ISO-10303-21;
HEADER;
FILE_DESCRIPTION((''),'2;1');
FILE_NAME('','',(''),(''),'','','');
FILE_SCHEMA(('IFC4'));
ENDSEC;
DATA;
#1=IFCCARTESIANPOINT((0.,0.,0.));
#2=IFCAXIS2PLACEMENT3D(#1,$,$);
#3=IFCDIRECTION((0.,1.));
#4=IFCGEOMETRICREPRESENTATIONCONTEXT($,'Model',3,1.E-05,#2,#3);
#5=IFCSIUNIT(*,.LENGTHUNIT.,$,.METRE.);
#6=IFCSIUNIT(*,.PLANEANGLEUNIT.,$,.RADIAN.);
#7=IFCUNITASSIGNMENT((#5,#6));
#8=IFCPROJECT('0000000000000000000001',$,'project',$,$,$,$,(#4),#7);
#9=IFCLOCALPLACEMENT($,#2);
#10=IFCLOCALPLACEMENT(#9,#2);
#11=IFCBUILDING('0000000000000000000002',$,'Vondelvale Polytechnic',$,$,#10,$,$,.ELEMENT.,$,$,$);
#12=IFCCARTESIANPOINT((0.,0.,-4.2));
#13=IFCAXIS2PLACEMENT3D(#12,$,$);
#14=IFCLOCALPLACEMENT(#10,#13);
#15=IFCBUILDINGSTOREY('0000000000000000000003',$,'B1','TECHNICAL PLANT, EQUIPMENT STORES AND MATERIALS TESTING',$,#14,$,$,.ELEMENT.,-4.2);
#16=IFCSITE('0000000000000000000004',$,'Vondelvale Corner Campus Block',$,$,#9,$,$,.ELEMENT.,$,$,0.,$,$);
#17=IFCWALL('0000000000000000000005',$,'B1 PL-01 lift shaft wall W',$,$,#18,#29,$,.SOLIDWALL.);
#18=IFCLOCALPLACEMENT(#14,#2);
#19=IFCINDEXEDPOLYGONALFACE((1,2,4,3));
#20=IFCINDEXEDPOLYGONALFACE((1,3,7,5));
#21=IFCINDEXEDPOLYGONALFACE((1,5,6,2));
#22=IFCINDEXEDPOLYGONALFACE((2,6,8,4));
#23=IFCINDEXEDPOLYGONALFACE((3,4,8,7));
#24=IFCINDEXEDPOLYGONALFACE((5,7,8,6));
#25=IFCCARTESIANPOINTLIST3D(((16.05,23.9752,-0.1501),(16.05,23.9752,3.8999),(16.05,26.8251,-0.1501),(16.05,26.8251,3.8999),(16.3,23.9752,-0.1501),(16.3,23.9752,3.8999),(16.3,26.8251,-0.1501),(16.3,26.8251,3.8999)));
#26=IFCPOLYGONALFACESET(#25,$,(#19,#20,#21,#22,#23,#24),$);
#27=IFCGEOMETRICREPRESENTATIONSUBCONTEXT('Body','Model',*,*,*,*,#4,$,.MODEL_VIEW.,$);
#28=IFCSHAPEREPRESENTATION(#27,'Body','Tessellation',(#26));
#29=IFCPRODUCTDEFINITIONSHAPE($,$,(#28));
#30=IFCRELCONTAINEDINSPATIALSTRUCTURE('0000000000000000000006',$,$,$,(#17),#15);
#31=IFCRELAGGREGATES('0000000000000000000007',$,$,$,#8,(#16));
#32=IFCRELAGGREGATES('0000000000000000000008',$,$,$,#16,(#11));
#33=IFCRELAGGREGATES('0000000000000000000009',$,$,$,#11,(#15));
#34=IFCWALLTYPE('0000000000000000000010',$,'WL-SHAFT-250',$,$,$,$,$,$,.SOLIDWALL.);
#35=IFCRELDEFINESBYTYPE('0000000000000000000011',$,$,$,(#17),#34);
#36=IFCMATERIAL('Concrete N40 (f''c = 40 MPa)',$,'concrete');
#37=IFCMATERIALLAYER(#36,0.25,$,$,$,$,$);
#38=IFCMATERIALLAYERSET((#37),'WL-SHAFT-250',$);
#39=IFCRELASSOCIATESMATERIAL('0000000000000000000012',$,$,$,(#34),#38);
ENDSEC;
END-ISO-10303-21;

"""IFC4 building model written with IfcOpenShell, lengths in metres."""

from ifc_helpers import new_model, si_unit, direction, frame, frame_2d, origin, place, context, subcontext, project, spatial, rectangle, extrude, material, layer, layer_set, type_object, element, save


model = new_model("IFC4")

# Units and contexts
model_context = context("Model", 3, precision=1e-05, world=origin(), true_north=direction((0.0, 1.0)))
body_context = subcontext(model_context, "Body", "Model", "MODEL_VIEW")
ifc_project = project(units=[si_unit("LENGTHUNIT", "METRE"), si_unit("PLANEANGLEUNIT", "RADIAN")], contexts=[model_context])

# Site, building, storey
site_placement = place(None, origin())
site = spatial("IfcSite", under=ifc_project, at=site_placement, Name="Vondelvale Corner Campus Block", CompositionType="ELEMENT", RefElevation=0.0)
building_placement = place(site_placement, origin())
building = spatial("IfcBuilding", under=site, at=building_placement, Name="Vondelvale Polytechnic", CompositionType="ELEMENT")
storey_placement = place(building_placement, frame((0.0, 0.0, -4.2)))
storey = spatial("IfcBuildingStorey", under=building, at=storey_placement, Name="B1", Description="TECHNICAL PLANT, EQUIPMENT STORES AND MATERIALS TESTING", CompositionType="ELEMENT", Elevation=-4.2)

# Shared definitions
ifc_material_1 = material(Name="Concrete N40 (f'c = 40 MPa)", Category="concrete")

# Shared definitions
ifc_layer_1 = layer(ifc_material_1, 0.25)
ifc_layer_set_1 = layer_set([ifc_layer_1], Name="WL-SHAFT-250")
wall_type_1 = type_object("IfcWallType", Name="WL-SHAFT-250", PredefinedType="SOLIDWALL", material=ifc_layer_set_1)

# Wall
wall_1_placement = place(storey_placement, frame((16.175, 26.825, -0.1501), z_axis=(0.0, 0.0, 1.0), x_axis=(0.0, -1.0, 0.0)))
element("IfcWall", 1, at=wall_1_placement, inside=storey, type_object=wall_type_1, Name="B1 PL-01 lift shaft wall W", PredefinedType="SOLIDWALL", context=body_context, shape_type="SweptSolid", body=[
    extrude(rectangle(XDim=2.8499, YDim=0.25, at=frame_2d((1.4248, 0.0))), origin(), (0.0, 0.0, 1.0), 4.05),
])

save(model, "model.ifc")
